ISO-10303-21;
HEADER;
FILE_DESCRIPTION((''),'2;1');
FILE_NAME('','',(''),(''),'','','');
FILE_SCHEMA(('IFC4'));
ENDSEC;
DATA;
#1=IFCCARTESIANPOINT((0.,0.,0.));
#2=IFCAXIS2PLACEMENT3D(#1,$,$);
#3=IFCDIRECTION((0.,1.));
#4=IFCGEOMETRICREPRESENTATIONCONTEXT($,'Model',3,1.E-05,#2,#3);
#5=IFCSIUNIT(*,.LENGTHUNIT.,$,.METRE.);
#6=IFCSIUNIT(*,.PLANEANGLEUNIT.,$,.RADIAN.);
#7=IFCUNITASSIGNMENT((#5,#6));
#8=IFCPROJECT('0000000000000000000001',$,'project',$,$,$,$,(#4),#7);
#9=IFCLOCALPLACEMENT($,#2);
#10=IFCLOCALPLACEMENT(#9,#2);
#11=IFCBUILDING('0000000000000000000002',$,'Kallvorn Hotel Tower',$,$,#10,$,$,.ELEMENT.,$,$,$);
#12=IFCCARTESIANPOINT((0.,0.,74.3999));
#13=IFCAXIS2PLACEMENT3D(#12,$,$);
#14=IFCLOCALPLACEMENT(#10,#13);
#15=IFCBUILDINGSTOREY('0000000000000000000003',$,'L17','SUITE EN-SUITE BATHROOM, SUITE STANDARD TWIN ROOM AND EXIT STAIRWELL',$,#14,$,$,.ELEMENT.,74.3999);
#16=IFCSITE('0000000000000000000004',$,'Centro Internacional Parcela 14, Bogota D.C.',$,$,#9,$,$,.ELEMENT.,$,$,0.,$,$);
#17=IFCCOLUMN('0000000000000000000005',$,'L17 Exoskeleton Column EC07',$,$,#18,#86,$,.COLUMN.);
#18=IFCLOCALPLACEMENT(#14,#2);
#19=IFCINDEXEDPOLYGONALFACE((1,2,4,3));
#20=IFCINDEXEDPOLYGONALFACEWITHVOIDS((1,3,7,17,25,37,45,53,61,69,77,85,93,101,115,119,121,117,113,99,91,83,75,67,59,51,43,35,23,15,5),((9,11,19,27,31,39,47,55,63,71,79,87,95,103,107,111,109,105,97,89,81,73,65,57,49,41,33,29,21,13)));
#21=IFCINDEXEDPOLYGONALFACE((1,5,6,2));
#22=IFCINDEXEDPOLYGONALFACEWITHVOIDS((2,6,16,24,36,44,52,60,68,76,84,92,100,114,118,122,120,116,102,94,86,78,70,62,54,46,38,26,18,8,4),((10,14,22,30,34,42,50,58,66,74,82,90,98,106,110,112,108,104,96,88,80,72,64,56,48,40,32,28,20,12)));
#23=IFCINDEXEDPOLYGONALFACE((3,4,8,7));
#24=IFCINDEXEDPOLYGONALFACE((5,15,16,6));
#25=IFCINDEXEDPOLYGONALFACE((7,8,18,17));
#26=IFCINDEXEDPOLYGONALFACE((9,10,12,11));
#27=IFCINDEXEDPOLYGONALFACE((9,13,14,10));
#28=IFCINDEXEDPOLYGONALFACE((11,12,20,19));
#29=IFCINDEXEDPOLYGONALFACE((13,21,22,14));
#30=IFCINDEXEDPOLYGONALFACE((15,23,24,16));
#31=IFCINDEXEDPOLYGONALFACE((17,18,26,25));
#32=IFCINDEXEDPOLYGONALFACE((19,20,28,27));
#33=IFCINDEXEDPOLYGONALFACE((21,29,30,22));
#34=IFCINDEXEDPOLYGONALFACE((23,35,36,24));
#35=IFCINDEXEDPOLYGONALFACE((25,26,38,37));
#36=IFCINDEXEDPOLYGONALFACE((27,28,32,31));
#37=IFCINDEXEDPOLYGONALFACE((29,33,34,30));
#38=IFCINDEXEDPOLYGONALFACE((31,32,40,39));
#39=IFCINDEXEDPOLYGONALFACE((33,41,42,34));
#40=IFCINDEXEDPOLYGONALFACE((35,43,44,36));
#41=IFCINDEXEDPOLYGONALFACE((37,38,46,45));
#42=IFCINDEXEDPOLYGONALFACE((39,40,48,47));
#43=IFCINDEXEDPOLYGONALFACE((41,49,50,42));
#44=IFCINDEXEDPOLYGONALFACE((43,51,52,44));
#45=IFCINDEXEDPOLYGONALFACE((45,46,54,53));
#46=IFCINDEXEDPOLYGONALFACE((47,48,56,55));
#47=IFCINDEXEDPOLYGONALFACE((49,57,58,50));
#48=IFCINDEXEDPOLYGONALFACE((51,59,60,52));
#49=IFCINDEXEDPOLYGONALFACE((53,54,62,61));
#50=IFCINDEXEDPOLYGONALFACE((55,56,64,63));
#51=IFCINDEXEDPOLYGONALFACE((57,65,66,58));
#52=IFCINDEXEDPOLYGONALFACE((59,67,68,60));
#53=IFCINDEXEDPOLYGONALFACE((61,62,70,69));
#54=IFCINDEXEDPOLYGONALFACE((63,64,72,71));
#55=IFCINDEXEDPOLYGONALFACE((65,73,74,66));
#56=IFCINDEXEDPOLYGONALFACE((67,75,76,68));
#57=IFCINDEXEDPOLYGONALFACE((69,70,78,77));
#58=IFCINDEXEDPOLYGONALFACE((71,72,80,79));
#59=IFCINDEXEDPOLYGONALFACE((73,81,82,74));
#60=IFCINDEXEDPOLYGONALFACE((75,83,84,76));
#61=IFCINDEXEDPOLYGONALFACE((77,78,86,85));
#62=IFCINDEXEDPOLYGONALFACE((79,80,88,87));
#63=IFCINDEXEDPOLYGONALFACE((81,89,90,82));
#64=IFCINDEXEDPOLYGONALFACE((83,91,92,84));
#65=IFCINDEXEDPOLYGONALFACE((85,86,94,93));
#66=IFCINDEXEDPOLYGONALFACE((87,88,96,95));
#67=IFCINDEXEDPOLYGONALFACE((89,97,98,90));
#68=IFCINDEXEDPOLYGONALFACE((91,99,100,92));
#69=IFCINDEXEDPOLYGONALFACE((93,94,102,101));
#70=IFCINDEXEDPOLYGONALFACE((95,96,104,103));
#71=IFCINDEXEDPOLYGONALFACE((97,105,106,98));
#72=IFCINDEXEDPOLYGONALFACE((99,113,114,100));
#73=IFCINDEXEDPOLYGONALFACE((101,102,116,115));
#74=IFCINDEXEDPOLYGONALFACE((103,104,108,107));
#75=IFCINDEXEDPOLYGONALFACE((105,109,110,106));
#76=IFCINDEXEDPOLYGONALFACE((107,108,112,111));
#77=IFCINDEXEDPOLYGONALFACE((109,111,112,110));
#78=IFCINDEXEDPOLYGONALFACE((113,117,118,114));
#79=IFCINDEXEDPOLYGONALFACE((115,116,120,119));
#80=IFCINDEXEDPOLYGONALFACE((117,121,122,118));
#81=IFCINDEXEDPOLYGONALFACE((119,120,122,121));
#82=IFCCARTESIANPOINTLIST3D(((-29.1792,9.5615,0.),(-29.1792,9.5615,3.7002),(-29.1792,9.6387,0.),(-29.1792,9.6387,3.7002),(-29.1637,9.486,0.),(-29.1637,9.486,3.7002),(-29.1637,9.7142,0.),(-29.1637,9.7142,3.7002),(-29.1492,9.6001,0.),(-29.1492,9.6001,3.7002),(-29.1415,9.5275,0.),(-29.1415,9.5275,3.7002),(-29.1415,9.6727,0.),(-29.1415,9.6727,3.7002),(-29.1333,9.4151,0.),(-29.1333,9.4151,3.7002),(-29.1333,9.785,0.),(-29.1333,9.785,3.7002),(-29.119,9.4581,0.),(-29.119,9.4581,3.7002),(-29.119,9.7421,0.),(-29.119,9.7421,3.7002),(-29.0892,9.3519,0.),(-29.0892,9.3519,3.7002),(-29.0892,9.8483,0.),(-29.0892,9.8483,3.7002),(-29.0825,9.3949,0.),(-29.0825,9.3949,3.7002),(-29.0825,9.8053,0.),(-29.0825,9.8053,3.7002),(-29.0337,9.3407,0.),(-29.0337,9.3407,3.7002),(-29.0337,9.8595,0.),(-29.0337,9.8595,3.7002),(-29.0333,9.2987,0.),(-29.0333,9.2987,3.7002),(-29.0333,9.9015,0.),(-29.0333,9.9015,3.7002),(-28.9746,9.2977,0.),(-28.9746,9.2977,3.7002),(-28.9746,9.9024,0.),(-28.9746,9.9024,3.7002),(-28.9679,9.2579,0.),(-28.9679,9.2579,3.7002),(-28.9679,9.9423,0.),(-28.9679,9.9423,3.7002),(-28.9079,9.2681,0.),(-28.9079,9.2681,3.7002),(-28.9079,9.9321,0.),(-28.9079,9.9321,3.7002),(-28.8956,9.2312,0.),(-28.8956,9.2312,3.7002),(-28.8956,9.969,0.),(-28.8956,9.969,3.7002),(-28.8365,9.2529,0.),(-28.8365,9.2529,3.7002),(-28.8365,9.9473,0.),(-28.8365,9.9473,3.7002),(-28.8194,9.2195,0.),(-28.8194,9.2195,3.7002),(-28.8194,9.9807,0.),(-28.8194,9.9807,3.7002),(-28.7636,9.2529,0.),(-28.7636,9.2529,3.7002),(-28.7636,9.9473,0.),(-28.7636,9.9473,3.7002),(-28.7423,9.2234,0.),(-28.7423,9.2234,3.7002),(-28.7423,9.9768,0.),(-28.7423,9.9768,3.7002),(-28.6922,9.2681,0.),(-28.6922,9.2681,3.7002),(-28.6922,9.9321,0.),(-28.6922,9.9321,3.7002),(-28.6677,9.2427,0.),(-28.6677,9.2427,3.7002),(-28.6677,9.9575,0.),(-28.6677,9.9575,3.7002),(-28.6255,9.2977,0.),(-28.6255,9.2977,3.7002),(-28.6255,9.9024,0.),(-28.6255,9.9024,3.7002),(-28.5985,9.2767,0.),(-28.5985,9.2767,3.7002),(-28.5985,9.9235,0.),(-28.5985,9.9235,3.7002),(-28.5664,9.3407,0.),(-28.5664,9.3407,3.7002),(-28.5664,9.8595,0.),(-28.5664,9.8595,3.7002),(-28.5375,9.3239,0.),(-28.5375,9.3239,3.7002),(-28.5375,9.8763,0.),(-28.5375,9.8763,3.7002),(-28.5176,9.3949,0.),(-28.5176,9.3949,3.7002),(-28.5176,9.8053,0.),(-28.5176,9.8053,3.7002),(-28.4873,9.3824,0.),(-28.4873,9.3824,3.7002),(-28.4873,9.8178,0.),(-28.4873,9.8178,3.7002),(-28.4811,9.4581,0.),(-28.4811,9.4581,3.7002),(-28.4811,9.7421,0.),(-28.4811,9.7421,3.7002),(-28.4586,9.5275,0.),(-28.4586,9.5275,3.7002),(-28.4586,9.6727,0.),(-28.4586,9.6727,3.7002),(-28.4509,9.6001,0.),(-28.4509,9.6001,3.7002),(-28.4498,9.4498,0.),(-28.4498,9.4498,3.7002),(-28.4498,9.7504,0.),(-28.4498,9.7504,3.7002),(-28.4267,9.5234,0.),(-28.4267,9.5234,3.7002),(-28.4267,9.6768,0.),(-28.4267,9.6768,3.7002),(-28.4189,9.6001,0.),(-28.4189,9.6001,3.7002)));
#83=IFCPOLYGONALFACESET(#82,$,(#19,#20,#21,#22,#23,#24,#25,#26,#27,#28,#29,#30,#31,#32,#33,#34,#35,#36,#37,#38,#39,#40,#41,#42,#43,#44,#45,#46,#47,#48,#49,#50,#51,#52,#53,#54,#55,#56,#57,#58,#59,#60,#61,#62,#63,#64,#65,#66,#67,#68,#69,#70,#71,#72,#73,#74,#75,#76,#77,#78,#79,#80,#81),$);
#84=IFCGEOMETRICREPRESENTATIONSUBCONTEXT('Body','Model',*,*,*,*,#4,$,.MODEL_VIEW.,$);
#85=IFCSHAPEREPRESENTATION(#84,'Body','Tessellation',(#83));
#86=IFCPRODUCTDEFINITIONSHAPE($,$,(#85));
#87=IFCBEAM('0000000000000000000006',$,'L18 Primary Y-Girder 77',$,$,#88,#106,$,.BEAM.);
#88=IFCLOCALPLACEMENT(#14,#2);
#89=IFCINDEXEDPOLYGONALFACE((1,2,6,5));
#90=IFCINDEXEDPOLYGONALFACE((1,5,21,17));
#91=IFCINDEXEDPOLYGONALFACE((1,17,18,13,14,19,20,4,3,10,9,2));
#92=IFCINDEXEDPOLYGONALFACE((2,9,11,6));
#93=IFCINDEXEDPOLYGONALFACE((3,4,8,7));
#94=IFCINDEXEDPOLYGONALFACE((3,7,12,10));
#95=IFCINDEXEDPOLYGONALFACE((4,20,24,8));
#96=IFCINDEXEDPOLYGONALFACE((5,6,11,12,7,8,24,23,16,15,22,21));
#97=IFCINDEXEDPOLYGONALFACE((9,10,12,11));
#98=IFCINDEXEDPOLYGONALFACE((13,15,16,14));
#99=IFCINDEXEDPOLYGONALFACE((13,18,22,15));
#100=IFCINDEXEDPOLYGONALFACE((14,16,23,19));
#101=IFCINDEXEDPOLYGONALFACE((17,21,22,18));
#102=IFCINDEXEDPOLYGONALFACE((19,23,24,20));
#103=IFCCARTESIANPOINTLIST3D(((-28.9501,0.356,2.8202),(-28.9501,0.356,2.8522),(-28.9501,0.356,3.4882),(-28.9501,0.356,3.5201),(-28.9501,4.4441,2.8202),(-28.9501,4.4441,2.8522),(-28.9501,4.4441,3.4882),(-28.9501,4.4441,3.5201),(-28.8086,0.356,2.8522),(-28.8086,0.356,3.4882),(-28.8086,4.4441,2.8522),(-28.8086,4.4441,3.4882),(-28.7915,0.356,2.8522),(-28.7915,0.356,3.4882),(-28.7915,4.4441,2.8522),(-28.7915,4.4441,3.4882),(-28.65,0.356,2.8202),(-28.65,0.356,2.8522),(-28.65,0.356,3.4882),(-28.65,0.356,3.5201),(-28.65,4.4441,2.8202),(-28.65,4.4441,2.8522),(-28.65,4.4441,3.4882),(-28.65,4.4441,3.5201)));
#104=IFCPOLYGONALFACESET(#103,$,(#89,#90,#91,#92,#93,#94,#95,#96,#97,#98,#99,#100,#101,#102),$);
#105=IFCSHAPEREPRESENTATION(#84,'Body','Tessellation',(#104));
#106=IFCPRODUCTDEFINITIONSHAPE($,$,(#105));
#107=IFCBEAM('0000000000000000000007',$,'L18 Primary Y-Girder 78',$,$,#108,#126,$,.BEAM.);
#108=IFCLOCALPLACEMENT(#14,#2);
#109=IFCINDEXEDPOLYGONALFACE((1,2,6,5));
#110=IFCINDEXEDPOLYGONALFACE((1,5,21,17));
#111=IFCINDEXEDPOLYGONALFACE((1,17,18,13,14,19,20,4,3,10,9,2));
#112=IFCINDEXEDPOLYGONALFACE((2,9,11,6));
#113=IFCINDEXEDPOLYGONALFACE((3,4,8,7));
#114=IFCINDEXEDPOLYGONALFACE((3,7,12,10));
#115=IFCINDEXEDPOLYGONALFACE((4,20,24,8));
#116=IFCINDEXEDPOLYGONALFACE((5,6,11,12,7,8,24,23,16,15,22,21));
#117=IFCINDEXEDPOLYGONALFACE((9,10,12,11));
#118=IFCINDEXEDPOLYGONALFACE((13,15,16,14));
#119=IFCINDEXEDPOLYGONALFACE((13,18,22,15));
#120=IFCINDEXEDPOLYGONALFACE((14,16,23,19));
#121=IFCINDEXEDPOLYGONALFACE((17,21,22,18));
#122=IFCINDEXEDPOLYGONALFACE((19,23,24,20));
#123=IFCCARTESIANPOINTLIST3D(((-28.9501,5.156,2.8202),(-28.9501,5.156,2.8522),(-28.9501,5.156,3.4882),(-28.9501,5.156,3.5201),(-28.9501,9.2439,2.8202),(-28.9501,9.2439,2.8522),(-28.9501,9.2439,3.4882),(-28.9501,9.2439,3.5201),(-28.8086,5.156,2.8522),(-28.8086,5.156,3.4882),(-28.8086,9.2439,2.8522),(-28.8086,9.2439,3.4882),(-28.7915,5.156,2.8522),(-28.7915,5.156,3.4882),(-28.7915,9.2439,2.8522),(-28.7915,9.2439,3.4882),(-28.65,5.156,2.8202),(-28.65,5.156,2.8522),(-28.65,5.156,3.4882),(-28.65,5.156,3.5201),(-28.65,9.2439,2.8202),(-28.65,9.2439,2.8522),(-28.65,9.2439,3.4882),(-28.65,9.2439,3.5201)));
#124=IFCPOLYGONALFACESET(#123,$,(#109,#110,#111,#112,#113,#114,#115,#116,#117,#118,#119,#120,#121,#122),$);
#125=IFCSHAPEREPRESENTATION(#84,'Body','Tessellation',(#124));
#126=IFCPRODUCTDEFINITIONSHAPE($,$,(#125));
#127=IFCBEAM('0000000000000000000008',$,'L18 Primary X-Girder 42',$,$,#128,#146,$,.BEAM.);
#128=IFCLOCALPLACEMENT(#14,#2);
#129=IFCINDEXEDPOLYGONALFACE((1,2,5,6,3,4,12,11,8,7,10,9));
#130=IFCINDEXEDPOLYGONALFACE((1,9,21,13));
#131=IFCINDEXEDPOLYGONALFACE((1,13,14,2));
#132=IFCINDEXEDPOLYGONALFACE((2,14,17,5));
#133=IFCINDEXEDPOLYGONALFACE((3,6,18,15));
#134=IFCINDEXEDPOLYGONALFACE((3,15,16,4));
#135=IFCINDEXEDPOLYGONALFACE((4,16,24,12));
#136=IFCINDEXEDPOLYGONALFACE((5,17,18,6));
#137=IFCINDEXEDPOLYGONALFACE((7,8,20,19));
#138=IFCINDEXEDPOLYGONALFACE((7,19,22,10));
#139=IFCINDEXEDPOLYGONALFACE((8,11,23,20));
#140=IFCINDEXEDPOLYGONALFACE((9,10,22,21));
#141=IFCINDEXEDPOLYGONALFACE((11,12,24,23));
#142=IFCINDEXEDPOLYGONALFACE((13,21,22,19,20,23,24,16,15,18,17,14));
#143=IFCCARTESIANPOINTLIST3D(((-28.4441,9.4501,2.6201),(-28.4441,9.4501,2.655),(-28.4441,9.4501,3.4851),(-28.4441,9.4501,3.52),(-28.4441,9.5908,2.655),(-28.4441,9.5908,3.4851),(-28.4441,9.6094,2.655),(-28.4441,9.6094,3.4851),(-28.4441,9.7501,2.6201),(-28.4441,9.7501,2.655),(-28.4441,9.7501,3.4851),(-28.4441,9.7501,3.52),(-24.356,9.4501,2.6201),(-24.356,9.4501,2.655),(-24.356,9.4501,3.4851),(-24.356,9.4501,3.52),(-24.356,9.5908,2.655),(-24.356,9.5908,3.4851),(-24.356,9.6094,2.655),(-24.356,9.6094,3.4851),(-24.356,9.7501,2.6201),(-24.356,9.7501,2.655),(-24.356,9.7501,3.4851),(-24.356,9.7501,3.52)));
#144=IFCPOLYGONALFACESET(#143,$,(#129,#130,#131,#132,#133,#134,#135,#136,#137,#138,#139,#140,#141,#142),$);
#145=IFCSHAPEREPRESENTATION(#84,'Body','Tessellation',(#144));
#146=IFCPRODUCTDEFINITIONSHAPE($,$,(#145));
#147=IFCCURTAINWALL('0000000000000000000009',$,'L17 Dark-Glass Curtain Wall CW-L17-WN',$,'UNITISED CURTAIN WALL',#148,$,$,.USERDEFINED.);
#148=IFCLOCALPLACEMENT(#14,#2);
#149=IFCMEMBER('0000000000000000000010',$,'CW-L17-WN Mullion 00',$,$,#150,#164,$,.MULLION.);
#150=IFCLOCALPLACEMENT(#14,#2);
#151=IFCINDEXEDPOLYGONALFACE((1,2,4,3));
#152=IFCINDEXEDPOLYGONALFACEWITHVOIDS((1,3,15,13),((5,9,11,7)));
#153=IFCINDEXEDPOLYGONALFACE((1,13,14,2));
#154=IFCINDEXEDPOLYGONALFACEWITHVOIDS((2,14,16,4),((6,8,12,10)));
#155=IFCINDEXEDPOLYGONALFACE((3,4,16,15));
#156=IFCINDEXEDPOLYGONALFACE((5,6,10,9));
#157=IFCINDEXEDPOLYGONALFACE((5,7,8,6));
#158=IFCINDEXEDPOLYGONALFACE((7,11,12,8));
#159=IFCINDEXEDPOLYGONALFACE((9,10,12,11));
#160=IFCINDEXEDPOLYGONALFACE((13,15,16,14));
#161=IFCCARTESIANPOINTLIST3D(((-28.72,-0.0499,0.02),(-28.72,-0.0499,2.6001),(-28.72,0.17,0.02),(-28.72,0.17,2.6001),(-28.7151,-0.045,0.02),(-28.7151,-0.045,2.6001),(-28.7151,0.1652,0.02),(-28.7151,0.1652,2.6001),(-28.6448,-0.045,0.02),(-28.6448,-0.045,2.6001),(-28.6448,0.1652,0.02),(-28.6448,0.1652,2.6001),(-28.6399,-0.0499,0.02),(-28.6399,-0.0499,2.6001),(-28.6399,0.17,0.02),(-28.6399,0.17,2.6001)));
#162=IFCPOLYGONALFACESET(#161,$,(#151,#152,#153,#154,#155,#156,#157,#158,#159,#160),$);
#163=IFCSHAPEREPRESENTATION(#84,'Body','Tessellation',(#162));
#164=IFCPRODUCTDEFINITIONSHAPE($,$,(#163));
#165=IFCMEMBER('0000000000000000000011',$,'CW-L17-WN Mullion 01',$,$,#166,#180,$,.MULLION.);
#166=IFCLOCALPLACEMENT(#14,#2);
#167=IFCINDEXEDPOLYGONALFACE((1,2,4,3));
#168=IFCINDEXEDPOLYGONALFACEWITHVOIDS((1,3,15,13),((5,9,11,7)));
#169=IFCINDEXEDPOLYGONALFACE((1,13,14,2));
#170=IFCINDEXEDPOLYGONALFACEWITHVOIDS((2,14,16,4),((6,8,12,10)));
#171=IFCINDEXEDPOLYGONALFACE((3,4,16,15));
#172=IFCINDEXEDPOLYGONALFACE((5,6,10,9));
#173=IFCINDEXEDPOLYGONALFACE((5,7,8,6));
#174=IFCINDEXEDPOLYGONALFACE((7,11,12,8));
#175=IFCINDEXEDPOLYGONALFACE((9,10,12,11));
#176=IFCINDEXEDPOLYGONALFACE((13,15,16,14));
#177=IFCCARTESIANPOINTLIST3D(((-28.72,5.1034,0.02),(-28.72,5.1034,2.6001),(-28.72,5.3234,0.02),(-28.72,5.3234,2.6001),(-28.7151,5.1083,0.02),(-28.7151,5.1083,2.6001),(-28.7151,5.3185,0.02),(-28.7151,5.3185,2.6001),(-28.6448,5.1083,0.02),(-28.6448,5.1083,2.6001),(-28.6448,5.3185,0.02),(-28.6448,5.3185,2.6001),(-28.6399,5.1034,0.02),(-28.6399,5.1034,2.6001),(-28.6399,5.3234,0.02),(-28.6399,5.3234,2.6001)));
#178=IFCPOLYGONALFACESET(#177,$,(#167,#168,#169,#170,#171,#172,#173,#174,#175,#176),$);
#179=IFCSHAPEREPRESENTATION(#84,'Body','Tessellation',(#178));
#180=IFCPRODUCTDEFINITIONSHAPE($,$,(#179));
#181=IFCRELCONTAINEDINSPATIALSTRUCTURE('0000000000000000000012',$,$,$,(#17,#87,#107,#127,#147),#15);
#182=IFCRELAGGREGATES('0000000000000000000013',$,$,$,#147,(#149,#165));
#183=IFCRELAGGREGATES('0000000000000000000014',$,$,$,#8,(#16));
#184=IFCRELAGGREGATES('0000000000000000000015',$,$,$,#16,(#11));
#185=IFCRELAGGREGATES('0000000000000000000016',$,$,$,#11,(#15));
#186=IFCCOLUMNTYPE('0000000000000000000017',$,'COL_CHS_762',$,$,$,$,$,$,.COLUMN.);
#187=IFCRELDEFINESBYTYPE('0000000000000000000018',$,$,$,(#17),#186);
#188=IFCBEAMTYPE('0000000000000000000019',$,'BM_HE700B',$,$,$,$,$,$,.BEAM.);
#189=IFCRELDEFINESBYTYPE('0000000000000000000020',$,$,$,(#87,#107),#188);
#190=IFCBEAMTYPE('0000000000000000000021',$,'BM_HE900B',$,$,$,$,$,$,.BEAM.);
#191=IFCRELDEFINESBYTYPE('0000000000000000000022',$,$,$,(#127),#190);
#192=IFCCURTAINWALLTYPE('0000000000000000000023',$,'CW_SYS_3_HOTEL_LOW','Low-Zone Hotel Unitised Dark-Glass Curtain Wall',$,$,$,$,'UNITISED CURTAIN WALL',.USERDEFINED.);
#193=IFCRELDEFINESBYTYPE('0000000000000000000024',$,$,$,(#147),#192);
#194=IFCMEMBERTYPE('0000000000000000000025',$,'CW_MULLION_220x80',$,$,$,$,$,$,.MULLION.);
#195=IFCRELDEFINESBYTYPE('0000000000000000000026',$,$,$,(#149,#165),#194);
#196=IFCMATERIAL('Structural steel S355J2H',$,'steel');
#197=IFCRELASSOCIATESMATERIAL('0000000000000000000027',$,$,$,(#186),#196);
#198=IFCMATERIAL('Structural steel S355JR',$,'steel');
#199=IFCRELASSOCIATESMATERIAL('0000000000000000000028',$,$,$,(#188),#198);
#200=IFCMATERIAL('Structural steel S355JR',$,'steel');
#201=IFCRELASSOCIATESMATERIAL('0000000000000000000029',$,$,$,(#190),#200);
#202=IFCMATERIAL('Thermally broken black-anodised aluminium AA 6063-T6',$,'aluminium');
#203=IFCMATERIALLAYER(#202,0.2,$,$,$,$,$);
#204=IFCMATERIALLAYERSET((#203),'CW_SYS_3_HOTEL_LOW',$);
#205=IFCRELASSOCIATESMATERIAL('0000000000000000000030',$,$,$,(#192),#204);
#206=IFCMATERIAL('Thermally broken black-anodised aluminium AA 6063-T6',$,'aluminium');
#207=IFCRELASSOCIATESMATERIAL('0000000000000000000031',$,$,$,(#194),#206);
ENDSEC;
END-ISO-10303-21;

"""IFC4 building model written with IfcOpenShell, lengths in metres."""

from ifc_helpers import new_model, si_unit, direction, frame, origin, origin_2d, place, context, subcontext, project, spatial, hollow_rectangle, hollow_circle, i_section, extrude, material, layer, layer_set, material_profile, profile_set, type_object, element, aggregate, save


model = new_model("IFC4")

# Units and contexts
model_context = context("Model", 3, precision=1e-05, world=origin(), true_north=direction((0.0, 1.0)))
body_context = subcontext(model_context, "Body", "Model", "MODEL_VIEW")
ifc_project = project(units=[si_unit("LENGTHUNIT", "METRE"), si_unit("PLANEANGLEUNIT", "RADIAN")], contexts=[model_context])

# Site, building, storey
site_placement = place(None, origin())
site = spatial("IfcSite", under=ifc_project, at=site_placement, Name="Centro Internacional Parcela 14, Bogota D.C.", CompositionType="ELEMENT", RefElevation=0.0)
building_placement = place(site_placement, origin())
building = spatial("IfcBuilding", under=site, at=building_placement, Name="Kallvorn Hotel Tower", CompositionType="ELEMENT")
storey_placement = place(building_placement, frame((0.0, 0.0, 74.3999)))
storey = spatial("IfcBuildingStorey", under=building, at=storey_placement, Name="L17", Description="SUITE EN-SUITE BATHROOM, SUITE STANDARD TWIN ROOM AND EXIT STAIRWELL", CompositionType="ELEMENT", Elevation=74.3999)

# Column
ifc_material_1 = material(Name="Structural steel S355J2H", Category="steel")
ifc_material_profile_1 = material_profile(ifc_material_1, hollow_circle(Radius=0.3811, WallThickness=0.032, at=origin_2d()), Name="CHS 762x32")
ifc_profile_set_1 = profile_set([ifc_material_profile_1], Name="Structural steel S355J2H")
column_type = type_object("IfcColumnType", Name="COL_CHS_762", PredefinedType="COLUMN", material=ifc_profile_set_1)
for number, where, z_axis, x_axis, name in (
    (1, (-28.8, 9.6001, 0.0), (0.0, 0.0, 1.0), (1.0, 0.0, 0.0), "L17 Exoskeleton Column EC07"),
):
    element("IfcColumn", number, at=place(storey_placement, frame(where, z_axis=z_axis, x_axis=x_axis)), inside=storey, type_object=column_type, Name=name, PredefinedType="COLUMN", context=body_context, shape_type="SweptSolid", body=[
        extrude(hollow_circle(Radius=0.3811, WallThickness=0.032, at=origin_2d()), origin(), (0.0, 0.0, 1.0), 3.7002),
    ])

# Beams
ifc_material_2 = material(Name="Structural steel S355JR", Category="steel")
ifc_material_profile_2 = material_profile(ifc_material_2, i_section(OverallWidth=0.3, OverallDepth=0.7, WebThickness=0.0171, FlangeThickness=0.032, at=origin_2d()), Name="HE 700 B")
ifc_profile_set_2 = profile_set([ifc_material_profile_2], Name="Structural steel S355JR")
beam_type_1 = type_object("IfcBeamType", Name="BM_HE700B", PredefinedType="BEAM", material=ifc_profile_set_2)
beam_1_placement = place(storey_placement, frame((-28.8, 0.356, 3.1702), z_axis=(0.0, 1.0, 0.0), x_axis=(-1.0, 0.0, 0.0)))
element("IfcBeam", 2, at=beam_1_placement, inside=storey, type_object=beam_type_1, Name="L18 Primary Y-Girder 77", PredefinedType="BEAM", context=body_context, shape_type="SweptSolid", body=[
    extrude(i_section(OverallWidth=0.3, OverallDepth=0.7, WebThickness=0.0171, FlangeThickness=0.032, at=origin_2d()), origin(), (0.0, 0.0, 1.0), 4.0881),
])
beam_2_placement = place(storey_placement, frame((-28.8, 5.156, 3.1702), z_axis=(0.0, 1.0, 0.0), x_axis=(-1.0, 0.0, 0.0)))
element("IfcBeam", 3, at=beam_2_placement, inside=storey, type_object=beam_type_1, Name="L18 Primary Y-Girder 78", PredefinedType="BEAM", context=body_context, shape_type="SweptSolid", body=[
    extrude(i_section(OverallWidth=0.3, OverallDepth=0.7, WebThickness=0.0171, FlangeThickness=0.032, at=origin_2d()), origin(), (0.0, 0.0, 1.0), 4.0879),
])
ifc_material_3 = material(Name="Structural steel S355JR", Category="steel")
ifc_material_profile_3 = material_profile(ifc_material_3, i_section(OverallWidth=0.3, OverallDepth=0.8999, WebThickness=0.0186, FlangeThickness=0.0349, at=origin_2d()), Name="HE 900 B")
ifc_profile_set_3 = profile_set([ifc_material_profile_3], Name="Structural steel S355JR")
beam_type_2 = type_object("IfcBeamType", Name="BM_HE900B", PredefinedType="BEAM", material=ifc_profile_set_3)
beam_3_placement = place(storey_placement, frame((-28.4441, 9.6001, 3.0701), z_axis=(1.0, 0.0, 0.0), x_axis=(0.0, 1.0, 0.0)))
element("IfcBeam", 4, at=beam_3_placement, inside=storey, type_object=beam_type_2, Name="L18 Primary X-Girder 42", PredefinedType="BEAM", context=body_context, shape_type="SweptSolid", body=[
    extrude(i_section(OverallWidth=0.3, OverallDepth=0.8999, WebThickness=0.0186, FlangeThickness=0.0349, at=origin_2d()), origin(), (0.0, 0.0, 1.0), 4.0881),
])

# Curtain wall, members
ifc_material_4 = material(Name="Thermally broken black-anodised aluminium AA 6063-T6", Category="aluminium")
ifc_layer_1 = layer(ifc_material_4, 0.2)
ifc_layer_set_1 = layer_set([ifc_layer_1], Name="CW_SYS_3_HOTEL_LOW")
curtain_wall_type = type_object("IfcCurtainWallType", Name="CW_SYS_3_HOTEL_LOW", Description="Low-Zone Hotel Unitised Dark-Glass Curtain Wall", ElementType="UNITISED CURTAIN WALL", PredefinedType="USERDEFINED", material=ifc_layer_set_1)
curtain_wall_placement = place(storey_placement, origin())
curtain_wall = element("IfcCurtainWall", 5, at=curtain_wall_placement, inside=storey, type_object=curtain_wall_type, Name="L17 Dark-Glass Curtain Wall CW-L17-WN", ObjectType="UNITISED CURTAIN WALL", PredefinedType="USERDEFINED")
ifc_material_5 = material(Name="Thermally broken black-anodised aluminium AA 6063-T6", Category="aluminium")
ifc_material_profile_4 = material_profile(ifc_material_5, hollow_rectangle(XDim=0.0801, YDim=0.22, WallThickness=0.0049, at=origin_2d()), Name="MUL 220x80")
ifc_profile_set_4 = profile_set([ifc_material_profile_4], Name="Thermally broken black-anodised aluminium AA 6063-T6")
member_type_1 = type_object("IfcMemberType", Name="CW_MULLION_220x80", PredefinedType="MULLION", material=ifc_profile_set_4)
member_1_placement = place(storey_placement, frame((-28.6799, 0.0601, 0.02), z_axis=(0.0, 0.0, 1.0), x_axis=(1.0, 0.0, 0.0)))
member_1 = element("IfcMember", 6, at=member_1_placement, type_object=member_type_1, Name="CW-L17-WN Mullion 00", PredefinedType="MULLION", context=body_context, shape_type="SweptSolid", body=[
    extrude(hollow_rectangle(XDim=0.0801, YDim=0.22, WallThickness=0.0049, at=origin_2d()), origin(), (0.0, 0.0, 1.0), 2.5801),
])
member_2_placement = place(storey_placement, frame((-28.6799, 5.2134, 0.02), z_axis=(0.0, 0.0, 1.0), x_axis=(1.0, 0.0, 0.0)))
member_2 = element("IfcMember", 7, at=member_2_placement, type_object=member_type_1, Name="CW-L17-WN Mullion 01", PredefinedType="MULLION", context=body_context, shape_type="SweptSolid", body=[
    extrude(hollow_rectangle(XDim=0.0801, YDim=0.22, WallThickness=0.0049, at=origin_2d()), origin(), (0.0, 0.0, 1.0), 2.5801),
])
aggregate(curtain_wall, [member_1, member_2])

save(model, "model.ifc")
